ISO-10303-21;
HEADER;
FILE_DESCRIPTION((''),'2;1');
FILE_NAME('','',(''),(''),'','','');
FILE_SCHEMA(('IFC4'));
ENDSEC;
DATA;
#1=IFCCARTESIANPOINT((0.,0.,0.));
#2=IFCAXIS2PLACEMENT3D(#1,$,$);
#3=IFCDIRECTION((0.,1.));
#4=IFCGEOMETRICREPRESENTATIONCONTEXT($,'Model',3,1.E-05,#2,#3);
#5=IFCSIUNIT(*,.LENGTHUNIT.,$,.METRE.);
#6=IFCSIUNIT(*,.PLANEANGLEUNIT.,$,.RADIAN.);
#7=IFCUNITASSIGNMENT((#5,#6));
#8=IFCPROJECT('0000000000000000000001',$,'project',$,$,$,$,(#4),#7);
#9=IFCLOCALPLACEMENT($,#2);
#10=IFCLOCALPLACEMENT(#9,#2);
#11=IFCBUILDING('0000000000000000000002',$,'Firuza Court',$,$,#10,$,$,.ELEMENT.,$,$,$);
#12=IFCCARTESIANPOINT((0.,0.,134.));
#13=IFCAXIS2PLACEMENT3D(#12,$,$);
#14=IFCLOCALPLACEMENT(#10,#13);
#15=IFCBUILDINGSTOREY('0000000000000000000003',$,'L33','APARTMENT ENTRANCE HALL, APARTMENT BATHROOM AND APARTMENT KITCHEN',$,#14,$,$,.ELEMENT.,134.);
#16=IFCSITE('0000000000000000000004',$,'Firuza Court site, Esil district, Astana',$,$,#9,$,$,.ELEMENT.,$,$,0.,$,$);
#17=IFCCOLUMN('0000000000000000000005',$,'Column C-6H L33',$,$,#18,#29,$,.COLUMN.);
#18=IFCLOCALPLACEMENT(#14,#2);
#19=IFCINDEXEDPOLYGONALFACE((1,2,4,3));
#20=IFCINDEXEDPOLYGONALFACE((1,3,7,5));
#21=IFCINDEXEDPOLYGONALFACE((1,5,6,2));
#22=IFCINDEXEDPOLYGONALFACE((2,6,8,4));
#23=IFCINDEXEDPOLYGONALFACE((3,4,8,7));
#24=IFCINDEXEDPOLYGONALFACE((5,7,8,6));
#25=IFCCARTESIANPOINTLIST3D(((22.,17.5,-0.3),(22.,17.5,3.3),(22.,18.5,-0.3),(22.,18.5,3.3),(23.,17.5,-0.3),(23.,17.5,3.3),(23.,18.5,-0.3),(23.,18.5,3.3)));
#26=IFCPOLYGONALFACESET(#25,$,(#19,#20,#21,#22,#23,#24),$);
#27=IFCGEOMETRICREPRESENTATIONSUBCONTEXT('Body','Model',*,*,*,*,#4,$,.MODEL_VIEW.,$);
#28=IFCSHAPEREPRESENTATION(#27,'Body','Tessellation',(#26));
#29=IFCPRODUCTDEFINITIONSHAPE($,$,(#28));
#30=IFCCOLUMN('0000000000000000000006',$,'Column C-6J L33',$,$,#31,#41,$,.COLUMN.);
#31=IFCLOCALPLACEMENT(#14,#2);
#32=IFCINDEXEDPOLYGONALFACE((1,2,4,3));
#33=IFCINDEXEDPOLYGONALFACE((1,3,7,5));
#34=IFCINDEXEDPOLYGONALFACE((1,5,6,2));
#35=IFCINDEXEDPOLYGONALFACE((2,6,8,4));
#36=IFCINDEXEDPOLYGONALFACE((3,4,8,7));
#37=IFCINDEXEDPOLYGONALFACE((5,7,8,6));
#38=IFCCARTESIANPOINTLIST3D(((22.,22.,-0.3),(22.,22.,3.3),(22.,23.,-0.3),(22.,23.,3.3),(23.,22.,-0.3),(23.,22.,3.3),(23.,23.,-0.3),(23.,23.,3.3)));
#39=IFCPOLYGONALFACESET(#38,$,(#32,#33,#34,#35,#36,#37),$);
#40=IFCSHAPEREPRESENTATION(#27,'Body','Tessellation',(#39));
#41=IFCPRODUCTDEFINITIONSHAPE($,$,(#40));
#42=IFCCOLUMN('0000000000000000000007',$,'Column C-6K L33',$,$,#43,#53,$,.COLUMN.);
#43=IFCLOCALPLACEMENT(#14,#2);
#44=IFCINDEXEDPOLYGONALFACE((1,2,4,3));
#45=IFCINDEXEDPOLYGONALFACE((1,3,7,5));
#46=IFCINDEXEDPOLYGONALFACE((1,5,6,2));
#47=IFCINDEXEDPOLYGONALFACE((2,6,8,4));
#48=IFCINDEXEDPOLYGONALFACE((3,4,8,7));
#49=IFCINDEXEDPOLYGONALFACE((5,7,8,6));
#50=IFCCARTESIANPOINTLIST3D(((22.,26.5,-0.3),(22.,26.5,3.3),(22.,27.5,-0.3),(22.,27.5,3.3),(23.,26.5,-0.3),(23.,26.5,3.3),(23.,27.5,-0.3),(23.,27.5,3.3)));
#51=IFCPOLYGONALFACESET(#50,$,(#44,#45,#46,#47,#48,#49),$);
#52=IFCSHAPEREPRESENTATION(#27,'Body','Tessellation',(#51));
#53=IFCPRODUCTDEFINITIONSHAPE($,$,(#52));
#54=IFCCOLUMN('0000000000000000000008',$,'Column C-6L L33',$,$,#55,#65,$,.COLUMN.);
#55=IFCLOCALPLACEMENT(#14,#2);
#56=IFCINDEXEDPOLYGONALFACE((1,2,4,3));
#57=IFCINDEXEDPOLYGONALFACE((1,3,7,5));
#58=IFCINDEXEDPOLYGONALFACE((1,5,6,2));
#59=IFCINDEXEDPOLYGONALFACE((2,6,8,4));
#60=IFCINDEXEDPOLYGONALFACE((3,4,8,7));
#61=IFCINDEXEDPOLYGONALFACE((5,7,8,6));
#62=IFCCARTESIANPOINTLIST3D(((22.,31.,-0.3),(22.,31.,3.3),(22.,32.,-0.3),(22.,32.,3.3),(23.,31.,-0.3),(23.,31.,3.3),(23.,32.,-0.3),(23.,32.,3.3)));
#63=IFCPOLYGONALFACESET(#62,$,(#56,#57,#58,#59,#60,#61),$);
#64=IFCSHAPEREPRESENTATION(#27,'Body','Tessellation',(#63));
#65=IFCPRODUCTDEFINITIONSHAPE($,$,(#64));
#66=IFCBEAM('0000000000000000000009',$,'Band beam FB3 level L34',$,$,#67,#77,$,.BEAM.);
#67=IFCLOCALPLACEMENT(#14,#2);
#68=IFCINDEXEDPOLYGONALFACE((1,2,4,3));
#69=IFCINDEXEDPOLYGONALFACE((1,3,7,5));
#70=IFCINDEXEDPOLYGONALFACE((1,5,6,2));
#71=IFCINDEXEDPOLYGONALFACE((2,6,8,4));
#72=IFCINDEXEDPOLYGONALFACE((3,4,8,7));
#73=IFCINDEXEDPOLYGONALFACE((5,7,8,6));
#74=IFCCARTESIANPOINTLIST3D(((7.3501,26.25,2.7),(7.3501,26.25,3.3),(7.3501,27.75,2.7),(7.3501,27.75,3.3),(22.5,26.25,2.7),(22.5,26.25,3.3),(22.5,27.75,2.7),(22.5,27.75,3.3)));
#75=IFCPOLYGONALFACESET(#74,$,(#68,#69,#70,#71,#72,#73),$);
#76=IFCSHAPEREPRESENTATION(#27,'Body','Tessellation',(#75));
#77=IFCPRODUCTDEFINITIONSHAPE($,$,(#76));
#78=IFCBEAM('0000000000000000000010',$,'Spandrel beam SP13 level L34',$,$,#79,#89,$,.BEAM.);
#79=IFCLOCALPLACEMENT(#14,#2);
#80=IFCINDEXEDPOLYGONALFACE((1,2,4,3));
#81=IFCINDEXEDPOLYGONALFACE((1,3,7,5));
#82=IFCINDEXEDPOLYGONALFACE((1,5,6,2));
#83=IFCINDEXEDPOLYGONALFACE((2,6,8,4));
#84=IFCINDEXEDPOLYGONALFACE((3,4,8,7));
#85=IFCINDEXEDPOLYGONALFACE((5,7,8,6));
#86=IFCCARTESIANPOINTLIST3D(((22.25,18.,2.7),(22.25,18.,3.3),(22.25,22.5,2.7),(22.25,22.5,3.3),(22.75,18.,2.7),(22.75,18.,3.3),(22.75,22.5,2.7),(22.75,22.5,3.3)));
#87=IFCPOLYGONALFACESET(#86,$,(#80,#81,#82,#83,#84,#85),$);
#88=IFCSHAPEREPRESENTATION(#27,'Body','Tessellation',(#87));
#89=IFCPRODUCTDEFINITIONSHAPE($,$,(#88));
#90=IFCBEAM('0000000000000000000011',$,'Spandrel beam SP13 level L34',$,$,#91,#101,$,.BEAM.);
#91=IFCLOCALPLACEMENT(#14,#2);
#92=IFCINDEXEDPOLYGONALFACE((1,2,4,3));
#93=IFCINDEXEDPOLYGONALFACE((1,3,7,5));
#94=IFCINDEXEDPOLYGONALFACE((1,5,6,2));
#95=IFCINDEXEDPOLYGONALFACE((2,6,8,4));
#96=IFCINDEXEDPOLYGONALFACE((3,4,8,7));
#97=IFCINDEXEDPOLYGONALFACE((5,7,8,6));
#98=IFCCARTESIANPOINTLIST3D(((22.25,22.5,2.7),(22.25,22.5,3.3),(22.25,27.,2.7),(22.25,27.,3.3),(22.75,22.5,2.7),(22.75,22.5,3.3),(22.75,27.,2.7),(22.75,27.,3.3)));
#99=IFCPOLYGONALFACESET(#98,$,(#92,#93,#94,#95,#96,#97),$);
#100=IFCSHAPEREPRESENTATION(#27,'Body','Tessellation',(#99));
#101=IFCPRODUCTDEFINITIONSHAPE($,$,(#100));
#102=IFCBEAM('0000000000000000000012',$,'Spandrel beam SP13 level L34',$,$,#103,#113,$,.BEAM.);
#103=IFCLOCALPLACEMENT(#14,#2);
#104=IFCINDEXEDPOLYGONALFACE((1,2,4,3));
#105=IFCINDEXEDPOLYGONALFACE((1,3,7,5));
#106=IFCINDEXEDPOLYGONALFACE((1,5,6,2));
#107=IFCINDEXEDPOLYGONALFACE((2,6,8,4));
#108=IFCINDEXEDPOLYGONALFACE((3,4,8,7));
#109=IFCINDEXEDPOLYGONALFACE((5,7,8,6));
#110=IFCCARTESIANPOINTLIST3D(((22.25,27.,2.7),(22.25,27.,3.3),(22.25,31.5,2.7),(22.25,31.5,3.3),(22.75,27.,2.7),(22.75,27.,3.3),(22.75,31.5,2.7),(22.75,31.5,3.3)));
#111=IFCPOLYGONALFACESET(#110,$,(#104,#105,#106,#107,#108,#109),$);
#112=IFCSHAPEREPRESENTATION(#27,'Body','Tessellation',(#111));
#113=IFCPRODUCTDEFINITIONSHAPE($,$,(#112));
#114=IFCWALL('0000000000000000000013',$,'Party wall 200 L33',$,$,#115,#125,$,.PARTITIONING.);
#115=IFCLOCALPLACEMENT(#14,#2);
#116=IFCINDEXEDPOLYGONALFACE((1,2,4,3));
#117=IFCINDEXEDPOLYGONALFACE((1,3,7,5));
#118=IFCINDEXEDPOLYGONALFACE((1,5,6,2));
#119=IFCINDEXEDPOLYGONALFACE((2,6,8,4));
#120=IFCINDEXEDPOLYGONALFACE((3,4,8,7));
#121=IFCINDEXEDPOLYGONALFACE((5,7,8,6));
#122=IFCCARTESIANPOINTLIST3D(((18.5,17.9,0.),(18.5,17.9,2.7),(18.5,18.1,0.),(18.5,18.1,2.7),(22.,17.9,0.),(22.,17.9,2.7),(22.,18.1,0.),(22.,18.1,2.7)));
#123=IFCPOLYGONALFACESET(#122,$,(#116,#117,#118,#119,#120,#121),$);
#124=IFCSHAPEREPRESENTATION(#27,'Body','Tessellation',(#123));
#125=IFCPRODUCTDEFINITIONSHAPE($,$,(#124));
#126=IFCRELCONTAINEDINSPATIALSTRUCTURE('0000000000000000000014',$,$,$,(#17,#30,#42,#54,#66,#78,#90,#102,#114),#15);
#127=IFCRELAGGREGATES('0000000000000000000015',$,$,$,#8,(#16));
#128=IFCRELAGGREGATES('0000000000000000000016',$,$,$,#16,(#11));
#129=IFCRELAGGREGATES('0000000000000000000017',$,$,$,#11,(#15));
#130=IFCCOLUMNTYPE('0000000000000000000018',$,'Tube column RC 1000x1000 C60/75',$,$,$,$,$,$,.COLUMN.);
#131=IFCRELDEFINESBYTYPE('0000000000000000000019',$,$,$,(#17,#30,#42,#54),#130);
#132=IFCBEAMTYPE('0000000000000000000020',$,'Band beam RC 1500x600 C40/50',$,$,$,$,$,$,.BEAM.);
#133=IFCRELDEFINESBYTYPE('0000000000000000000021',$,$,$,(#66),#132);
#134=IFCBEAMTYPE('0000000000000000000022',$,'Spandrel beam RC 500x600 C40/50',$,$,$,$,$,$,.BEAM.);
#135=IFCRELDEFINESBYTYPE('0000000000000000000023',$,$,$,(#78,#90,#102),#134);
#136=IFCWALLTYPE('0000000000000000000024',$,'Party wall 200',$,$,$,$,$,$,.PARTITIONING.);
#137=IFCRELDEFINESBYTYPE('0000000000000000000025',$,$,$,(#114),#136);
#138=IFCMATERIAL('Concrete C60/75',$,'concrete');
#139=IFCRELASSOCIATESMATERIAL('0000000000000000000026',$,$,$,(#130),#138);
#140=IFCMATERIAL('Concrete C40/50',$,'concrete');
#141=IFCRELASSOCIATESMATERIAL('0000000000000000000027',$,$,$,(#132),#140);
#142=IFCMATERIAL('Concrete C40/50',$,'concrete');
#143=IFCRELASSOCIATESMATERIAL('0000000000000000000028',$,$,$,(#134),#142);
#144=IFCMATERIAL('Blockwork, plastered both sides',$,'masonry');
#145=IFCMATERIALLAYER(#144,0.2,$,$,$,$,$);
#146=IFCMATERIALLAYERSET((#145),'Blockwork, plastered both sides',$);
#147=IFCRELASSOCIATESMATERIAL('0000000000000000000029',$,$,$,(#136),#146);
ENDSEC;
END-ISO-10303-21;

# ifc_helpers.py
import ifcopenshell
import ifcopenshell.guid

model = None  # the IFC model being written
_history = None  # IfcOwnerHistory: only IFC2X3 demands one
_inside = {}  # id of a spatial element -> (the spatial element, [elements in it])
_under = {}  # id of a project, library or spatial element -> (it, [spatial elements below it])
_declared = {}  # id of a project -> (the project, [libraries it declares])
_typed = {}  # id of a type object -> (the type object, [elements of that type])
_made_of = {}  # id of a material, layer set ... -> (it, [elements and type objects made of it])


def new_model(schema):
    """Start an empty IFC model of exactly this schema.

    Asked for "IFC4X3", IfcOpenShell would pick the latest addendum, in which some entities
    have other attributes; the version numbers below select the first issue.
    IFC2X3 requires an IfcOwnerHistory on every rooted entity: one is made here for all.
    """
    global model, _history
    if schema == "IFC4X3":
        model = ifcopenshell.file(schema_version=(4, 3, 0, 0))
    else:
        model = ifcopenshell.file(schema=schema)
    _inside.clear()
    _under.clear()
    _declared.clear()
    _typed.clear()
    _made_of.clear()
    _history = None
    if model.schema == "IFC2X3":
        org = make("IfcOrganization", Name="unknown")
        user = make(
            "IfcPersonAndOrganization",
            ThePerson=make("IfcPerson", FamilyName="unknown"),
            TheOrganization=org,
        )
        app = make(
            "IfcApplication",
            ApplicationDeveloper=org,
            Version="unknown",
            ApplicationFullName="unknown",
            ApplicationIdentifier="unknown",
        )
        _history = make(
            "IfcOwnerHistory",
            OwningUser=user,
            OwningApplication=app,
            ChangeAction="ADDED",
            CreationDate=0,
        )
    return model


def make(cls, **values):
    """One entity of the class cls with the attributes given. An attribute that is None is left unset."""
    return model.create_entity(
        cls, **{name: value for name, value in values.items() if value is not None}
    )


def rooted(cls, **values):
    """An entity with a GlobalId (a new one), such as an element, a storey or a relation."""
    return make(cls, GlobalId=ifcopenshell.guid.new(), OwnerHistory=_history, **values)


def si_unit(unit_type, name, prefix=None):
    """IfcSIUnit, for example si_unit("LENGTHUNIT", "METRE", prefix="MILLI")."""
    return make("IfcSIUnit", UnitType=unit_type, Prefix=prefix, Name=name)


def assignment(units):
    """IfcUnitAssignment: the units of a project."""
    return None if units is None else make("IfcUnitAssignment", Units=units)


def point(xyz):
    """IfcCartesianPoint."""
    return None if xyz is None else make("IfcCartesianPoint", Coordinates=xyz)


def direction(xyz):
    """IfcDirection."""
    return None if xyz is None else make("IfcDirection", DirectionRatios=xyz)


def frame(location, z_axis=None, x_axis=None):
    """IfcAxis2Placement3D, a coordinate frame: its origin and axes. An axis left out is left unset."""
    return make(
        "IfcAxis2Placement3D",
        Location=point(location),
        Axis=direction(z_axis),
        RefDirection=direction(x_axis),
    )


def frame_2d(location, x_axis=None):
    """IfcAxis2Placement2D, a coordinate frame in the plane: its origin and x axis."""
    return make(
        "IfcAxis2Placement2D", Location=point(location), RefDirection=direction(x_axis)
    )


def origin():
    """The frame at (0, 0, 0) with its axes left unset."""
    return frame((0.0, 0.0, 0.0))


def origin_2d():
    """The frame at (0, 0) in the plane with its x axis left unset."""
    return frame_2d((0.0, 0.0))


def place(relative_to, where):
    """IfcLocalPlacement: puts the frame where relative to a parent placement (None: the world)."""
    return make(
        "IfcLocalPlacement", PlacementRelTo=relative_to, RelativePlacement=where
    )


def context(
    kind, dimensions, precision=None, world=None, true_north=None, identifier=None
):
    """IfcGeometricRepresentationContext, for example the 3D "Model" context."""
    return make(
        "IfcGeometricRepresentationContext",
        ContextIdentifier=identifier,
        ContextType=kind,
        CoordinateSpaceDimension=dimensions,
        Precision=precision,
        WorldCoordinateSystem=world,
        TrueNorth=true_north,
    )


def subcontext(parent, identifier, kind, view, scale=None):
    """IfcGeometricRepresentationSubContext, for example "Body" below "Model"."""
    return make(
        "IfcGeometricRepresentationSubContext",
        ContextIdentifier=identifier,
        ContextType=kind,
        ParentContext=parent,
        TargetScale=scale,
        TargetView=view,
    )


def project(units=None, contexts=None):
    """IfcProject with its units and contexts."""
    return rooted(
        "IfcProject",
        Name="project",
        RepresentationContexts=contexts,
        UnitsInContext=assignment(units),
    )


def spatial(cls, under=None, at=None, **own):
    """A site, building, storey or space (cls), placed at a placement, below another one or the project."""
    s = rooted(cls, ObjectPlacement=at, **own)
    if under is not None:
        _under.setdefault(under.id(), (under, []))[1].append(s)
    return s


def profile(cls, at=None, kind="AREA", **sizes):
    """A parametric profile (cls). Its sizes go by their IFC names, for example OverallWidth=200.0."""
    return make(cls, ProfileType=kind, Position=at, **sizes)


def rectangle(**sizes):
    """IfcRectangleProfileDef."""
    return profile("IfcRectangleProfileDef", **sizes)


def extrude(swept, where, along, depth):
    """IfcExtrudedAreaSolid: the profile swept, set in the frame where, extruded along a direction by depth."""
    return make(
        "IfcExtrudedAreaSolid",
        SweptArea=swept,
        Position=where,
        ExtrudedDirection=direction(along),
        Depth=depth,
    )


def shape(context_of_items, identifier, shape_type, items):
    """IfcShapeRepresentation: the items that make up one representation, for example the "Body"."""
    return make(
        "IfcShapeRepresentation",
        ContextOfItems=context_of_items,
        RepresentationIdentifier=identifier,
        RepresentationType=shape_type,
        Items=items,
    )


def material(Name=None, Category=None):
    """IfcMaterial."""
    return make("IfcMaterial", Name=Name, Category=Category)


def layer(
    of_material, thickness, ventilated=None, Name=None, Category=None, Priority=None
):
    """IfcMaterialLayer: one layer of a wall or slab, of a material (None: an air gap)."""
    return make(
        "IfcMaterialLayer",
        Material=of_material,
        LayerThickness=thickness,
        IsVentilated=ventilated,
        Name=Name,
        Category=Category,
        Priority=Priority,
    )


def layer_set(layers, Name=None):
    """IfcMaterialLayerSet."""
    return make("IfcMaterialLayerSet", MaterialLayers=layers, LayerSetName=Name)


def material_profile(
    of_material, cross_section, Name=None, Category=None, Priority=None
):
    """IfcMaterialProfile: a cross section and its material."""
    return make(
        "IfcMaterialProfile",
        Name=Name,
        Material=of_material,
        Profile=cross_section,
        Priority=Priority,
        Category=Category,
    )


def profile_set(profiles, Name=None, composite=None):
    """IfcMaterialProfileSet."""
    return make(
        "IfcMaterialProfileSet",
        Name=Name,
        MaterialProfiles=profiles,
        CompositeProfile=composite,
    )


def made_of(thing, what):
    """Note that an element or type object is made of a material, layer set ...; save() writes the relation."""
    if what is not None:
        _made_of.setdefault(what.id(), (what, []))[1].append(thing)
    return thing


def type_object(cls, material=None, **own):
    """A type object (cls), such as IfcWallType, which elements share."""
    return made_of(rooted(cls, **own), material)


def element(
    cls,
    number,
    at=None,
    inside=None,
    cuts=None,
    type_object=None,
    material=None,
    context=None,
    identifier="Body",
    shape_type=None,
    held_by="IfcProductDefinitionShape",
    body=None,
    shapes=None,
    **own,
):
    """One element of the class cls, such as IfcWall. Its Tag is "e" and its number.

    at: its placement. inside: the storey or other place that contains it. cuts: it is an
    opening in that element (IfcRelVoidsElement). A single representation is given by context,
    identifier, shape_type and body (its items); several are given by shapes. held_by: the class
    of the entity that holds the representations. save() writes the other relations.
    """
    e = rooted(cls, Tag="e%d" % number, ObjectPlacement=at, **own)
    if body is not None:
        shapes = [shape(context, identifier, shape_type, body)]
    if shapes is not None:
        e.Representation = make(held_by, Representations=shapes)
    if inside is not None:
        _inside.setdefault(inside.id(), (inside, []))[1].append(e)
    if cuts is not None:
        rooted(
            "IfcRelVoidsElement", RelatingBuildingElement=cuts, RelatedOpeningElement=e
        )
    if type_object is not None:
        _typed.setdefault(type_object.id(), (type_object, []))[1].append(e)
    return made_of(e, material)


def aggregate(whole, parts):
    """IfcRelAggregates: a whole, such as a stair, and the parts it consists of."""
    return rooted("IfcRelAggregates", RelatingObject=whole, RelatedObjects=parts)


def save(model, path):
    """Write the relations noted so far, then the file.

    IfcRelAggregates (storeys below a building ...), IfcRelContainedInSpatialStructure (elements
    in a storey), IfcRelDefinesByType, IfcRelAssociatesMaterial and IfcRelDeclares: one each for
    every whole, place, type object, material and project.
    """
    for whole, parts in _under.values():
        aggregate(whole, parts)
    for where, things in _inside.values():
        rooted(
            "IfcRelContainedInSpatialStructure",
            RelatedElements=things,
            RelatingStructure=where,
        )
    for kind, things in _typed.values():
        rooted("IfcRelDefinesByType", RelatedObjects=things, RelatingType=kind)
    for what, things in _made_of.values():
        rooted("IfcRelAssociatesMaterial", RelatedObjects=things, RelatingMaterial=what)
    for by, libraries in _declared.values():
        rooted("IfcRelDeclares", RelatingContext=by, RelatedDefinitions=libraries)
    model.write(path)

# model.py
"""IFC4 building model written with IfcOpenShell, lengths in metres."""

from ifc_helpers import new_model, si_unit, direction, frame, frame_2d, origin, origin_2d, place, context, subcontext, project, spatial, rectangle, extrude, material, layer, layer_set, material_profile, profile_set, type_object, element, save


model = new_model("IFC4")

# Units and contexts
model_context = context("Model", 3, precision=1e-05, world=origin(), true_north=direction((0.0, 1.0)))
body_context = subcontext(model_context, "Body", "Model", "MODEL_VIEW")
ifc_project = project(units=[si_unit("LENGTHUNIT", "METRE"), si_unit("PLANEANGLEUNIT", "RADIAN")], contexts=[model_context])

# Site, building, storey
site_placement = place(None, origin())
site = spatial("IfcSite", under=ifc_project, at=site_placement, Name="Firuza Court site, Esil district, Astana", CompositionType="ELEMENT", RefElevation=0.0)
building_placement = place(site_placement, origin())
building = spatial("IfcBuilding", under=site, at=building_placement, Name="Firuza Court", CompositionType="ELEMENT")
storey_placement = place(building_placement, frame((0.0, 0.0, 134.0)))
storey = spatial("IfcBuildingStorey", under=building, at=storey_placement, Name="L33", Description="APARTMENT ENTRANCE HALL, APARTMENT BATHROOM AND APARTMENT KITCHEN", CompositionType="ELEMENT", Elevation=134.0)

# Columns
ifc_material_1 = material(Name="Concrete C60/75", Category="concrete")
ifc_material_profile_1 = material_profile(ifc_material_1, rectangle(XDim=1.0, YDim=1.0, at=origin_2d()), Name="RC 1000x1000")
ifc_profile_set_1 = profile_set([ifc_material_profile_1], Name="Concrete C60/75")
column_type = type_object("IfcColumnType", Name="Tube column RC 1000x1000 C60/75", PredefinedType="COLUMN", material=ifc_profile_set_1)
for number, where, z_axis, x_axis, name in (
    (1, (22.5, 18.0, -0.3), (0.0, 0.0, 1.0), (1.0, 0.0, 0.0), "Column C-6H L33"),
    (2, (22.5, 22.5, -0.3), (0.0, 0.0, 1.0), (1.0, 0.0, 0.0), "Column C-6J L33"),
    (3, (22.5, 27.0, -0.3), (0.0, 0.0, 1.0), (1.0, 0.0, 0.0), "Column C-6K L33"),
    (4, (22.5, 31.5, -0.3), (0.0, 0.0, 1.0), (1.0, 0.0, 0.0), "Column C-6L L33"),
):
    element("IfcColumn", number, at=place(storey_placement, frame(where, z_axis=z_axis, x_axis=x_axis)), inside=storey, type_object=column_type, Name=name, PredefinedType="COLUMN", context=body_context, shape_type="SweptSolid", body=[
        extrude(rectangle(XDim=1.0, YDim=1.0, at=origin_2d()), origin(), (0.0, 0.0, 1.0), 3.6001),
    ])

# Beams
ifc_material_2 = material(Name="Concrete C40/50", Category="concrete")
ifc_material_profile_2 = material_profile(ifc_material_2, rectangle(XDim=1.5, YDim=0.6001, at=origin_2d()), Name="RC 1500x600")
ifc_profile_set_2 = profile_set([ifc_material_profile_2], Name="Concrete C40/50")
beam_type_1 = type_object("IfcBeamType", Name="Band beam RC 1500x600 C40/50", PredefinedType="BEAM", material=ifc_profile_set_2)
beam_placement = place(storey_placement, frame((22.5, 27.0, 3.0), z_axis=(-1.0, 0.0, 0.0), x_axis=(0.0, -1.0, 0.0)))
element("IfcBeam", 5, at=beam_placement, inside=storey, type_object=beam_type_1, Name="Band beam FB3 level L34", PredefinedType="BEAM", context=body_context, shape_type="SweptSolid", body=[
    extrude(rectangle(XDim=1.5, YDim=0.6001, at=origin_2d()), origin(), (0.0, 0.0, 1.0), 15.1499),
])
ifc_material_3 = material(Name="Concrete C40/50", Category="concrete")
ifc_material_profile_3 = material_profile(ifc_material_3, rectangle(XDim=0.5, YDim=0.6001, at=origin_2d()), Name="RC 500x600")
ifc_profile_set_3 = profile_set([ifc_material_profile_3], Name="Concrete C40/50")
beam_type_2 = type_object("IfcBeamType", Name="Spandrel beam RC 500x600 C40/50", PredefinedType="BEAM", material=ifc_profile_set_3)
for number, where, z_axis, x_axis, name in (
    (6, (22.5, 18.0, 3.0), (0.0, 1.0, 0.0), (-1.0, 0.0, 0.0), "Spandrel beam SP13 level L34"),
    (7, (22.5, 22.5, 3.0), (0.0, 1.0, 0.0), (-1.0, 0.0, 0.0), "Spandrel beam SP13 level L34"),
    (8, (22.5, 27.0, 3.0), (0.0, 1.0, 0.0), (-1.0, 0.0, 0.0), "Spandrel beam SP13 level L34"),
):
    element("IfcBeam", number, at=place(storey_placement, frame(where, z_axis=z_axis, x_axis=x_axis)), inside=storey, type_object=beam_type_2, Name=name, PredefinedType="BEAM", context=body_context, shape_type="SweptSolid", body=[
        extrude(rectangle(XDim=0.5, YDim=0.6001, at=origin_2d()), origin(), (0.0, 0.0, 1.0), 4.5),
    ])

# Wall
ifc_material_4 = material(Name="Blockwork, plastered both sides", Category="masonry")
ifc_layer_1 = layer(ifc_material_4, 0.2)
ifc_layer_set_1 = layer_set([ifc_layer_1], Name="Blockwork, plastered both sides")
wall_type_1 = type_object("IfcWallType", Name="Party wall 200", PredefinedType="PARTITIONING", material=ifc_layer_set_1)
wall_1_placement = place(storey_placement, frame((18.5, 18.0, 0.0), z_axis=(0.0, 0.0, 1.0), x_axis=(1.0, 0.0, 0.0)))
element("IfcWall", 9, at=wall_1_placement, inside=storey, type_object=wall_type_1, Name="Party wall 200 L33", PredefinedType="PARTITIONING", context=body_context, shape_type="SweptSolid", body=[
    extrude(rectangle(XDim=3.5, YDim=0.2, at=frame_2d((1.75, 0.0))), origin(), (0.0, 0.0, 1.0), 2.7),
])

save(model, "model.ifc")
